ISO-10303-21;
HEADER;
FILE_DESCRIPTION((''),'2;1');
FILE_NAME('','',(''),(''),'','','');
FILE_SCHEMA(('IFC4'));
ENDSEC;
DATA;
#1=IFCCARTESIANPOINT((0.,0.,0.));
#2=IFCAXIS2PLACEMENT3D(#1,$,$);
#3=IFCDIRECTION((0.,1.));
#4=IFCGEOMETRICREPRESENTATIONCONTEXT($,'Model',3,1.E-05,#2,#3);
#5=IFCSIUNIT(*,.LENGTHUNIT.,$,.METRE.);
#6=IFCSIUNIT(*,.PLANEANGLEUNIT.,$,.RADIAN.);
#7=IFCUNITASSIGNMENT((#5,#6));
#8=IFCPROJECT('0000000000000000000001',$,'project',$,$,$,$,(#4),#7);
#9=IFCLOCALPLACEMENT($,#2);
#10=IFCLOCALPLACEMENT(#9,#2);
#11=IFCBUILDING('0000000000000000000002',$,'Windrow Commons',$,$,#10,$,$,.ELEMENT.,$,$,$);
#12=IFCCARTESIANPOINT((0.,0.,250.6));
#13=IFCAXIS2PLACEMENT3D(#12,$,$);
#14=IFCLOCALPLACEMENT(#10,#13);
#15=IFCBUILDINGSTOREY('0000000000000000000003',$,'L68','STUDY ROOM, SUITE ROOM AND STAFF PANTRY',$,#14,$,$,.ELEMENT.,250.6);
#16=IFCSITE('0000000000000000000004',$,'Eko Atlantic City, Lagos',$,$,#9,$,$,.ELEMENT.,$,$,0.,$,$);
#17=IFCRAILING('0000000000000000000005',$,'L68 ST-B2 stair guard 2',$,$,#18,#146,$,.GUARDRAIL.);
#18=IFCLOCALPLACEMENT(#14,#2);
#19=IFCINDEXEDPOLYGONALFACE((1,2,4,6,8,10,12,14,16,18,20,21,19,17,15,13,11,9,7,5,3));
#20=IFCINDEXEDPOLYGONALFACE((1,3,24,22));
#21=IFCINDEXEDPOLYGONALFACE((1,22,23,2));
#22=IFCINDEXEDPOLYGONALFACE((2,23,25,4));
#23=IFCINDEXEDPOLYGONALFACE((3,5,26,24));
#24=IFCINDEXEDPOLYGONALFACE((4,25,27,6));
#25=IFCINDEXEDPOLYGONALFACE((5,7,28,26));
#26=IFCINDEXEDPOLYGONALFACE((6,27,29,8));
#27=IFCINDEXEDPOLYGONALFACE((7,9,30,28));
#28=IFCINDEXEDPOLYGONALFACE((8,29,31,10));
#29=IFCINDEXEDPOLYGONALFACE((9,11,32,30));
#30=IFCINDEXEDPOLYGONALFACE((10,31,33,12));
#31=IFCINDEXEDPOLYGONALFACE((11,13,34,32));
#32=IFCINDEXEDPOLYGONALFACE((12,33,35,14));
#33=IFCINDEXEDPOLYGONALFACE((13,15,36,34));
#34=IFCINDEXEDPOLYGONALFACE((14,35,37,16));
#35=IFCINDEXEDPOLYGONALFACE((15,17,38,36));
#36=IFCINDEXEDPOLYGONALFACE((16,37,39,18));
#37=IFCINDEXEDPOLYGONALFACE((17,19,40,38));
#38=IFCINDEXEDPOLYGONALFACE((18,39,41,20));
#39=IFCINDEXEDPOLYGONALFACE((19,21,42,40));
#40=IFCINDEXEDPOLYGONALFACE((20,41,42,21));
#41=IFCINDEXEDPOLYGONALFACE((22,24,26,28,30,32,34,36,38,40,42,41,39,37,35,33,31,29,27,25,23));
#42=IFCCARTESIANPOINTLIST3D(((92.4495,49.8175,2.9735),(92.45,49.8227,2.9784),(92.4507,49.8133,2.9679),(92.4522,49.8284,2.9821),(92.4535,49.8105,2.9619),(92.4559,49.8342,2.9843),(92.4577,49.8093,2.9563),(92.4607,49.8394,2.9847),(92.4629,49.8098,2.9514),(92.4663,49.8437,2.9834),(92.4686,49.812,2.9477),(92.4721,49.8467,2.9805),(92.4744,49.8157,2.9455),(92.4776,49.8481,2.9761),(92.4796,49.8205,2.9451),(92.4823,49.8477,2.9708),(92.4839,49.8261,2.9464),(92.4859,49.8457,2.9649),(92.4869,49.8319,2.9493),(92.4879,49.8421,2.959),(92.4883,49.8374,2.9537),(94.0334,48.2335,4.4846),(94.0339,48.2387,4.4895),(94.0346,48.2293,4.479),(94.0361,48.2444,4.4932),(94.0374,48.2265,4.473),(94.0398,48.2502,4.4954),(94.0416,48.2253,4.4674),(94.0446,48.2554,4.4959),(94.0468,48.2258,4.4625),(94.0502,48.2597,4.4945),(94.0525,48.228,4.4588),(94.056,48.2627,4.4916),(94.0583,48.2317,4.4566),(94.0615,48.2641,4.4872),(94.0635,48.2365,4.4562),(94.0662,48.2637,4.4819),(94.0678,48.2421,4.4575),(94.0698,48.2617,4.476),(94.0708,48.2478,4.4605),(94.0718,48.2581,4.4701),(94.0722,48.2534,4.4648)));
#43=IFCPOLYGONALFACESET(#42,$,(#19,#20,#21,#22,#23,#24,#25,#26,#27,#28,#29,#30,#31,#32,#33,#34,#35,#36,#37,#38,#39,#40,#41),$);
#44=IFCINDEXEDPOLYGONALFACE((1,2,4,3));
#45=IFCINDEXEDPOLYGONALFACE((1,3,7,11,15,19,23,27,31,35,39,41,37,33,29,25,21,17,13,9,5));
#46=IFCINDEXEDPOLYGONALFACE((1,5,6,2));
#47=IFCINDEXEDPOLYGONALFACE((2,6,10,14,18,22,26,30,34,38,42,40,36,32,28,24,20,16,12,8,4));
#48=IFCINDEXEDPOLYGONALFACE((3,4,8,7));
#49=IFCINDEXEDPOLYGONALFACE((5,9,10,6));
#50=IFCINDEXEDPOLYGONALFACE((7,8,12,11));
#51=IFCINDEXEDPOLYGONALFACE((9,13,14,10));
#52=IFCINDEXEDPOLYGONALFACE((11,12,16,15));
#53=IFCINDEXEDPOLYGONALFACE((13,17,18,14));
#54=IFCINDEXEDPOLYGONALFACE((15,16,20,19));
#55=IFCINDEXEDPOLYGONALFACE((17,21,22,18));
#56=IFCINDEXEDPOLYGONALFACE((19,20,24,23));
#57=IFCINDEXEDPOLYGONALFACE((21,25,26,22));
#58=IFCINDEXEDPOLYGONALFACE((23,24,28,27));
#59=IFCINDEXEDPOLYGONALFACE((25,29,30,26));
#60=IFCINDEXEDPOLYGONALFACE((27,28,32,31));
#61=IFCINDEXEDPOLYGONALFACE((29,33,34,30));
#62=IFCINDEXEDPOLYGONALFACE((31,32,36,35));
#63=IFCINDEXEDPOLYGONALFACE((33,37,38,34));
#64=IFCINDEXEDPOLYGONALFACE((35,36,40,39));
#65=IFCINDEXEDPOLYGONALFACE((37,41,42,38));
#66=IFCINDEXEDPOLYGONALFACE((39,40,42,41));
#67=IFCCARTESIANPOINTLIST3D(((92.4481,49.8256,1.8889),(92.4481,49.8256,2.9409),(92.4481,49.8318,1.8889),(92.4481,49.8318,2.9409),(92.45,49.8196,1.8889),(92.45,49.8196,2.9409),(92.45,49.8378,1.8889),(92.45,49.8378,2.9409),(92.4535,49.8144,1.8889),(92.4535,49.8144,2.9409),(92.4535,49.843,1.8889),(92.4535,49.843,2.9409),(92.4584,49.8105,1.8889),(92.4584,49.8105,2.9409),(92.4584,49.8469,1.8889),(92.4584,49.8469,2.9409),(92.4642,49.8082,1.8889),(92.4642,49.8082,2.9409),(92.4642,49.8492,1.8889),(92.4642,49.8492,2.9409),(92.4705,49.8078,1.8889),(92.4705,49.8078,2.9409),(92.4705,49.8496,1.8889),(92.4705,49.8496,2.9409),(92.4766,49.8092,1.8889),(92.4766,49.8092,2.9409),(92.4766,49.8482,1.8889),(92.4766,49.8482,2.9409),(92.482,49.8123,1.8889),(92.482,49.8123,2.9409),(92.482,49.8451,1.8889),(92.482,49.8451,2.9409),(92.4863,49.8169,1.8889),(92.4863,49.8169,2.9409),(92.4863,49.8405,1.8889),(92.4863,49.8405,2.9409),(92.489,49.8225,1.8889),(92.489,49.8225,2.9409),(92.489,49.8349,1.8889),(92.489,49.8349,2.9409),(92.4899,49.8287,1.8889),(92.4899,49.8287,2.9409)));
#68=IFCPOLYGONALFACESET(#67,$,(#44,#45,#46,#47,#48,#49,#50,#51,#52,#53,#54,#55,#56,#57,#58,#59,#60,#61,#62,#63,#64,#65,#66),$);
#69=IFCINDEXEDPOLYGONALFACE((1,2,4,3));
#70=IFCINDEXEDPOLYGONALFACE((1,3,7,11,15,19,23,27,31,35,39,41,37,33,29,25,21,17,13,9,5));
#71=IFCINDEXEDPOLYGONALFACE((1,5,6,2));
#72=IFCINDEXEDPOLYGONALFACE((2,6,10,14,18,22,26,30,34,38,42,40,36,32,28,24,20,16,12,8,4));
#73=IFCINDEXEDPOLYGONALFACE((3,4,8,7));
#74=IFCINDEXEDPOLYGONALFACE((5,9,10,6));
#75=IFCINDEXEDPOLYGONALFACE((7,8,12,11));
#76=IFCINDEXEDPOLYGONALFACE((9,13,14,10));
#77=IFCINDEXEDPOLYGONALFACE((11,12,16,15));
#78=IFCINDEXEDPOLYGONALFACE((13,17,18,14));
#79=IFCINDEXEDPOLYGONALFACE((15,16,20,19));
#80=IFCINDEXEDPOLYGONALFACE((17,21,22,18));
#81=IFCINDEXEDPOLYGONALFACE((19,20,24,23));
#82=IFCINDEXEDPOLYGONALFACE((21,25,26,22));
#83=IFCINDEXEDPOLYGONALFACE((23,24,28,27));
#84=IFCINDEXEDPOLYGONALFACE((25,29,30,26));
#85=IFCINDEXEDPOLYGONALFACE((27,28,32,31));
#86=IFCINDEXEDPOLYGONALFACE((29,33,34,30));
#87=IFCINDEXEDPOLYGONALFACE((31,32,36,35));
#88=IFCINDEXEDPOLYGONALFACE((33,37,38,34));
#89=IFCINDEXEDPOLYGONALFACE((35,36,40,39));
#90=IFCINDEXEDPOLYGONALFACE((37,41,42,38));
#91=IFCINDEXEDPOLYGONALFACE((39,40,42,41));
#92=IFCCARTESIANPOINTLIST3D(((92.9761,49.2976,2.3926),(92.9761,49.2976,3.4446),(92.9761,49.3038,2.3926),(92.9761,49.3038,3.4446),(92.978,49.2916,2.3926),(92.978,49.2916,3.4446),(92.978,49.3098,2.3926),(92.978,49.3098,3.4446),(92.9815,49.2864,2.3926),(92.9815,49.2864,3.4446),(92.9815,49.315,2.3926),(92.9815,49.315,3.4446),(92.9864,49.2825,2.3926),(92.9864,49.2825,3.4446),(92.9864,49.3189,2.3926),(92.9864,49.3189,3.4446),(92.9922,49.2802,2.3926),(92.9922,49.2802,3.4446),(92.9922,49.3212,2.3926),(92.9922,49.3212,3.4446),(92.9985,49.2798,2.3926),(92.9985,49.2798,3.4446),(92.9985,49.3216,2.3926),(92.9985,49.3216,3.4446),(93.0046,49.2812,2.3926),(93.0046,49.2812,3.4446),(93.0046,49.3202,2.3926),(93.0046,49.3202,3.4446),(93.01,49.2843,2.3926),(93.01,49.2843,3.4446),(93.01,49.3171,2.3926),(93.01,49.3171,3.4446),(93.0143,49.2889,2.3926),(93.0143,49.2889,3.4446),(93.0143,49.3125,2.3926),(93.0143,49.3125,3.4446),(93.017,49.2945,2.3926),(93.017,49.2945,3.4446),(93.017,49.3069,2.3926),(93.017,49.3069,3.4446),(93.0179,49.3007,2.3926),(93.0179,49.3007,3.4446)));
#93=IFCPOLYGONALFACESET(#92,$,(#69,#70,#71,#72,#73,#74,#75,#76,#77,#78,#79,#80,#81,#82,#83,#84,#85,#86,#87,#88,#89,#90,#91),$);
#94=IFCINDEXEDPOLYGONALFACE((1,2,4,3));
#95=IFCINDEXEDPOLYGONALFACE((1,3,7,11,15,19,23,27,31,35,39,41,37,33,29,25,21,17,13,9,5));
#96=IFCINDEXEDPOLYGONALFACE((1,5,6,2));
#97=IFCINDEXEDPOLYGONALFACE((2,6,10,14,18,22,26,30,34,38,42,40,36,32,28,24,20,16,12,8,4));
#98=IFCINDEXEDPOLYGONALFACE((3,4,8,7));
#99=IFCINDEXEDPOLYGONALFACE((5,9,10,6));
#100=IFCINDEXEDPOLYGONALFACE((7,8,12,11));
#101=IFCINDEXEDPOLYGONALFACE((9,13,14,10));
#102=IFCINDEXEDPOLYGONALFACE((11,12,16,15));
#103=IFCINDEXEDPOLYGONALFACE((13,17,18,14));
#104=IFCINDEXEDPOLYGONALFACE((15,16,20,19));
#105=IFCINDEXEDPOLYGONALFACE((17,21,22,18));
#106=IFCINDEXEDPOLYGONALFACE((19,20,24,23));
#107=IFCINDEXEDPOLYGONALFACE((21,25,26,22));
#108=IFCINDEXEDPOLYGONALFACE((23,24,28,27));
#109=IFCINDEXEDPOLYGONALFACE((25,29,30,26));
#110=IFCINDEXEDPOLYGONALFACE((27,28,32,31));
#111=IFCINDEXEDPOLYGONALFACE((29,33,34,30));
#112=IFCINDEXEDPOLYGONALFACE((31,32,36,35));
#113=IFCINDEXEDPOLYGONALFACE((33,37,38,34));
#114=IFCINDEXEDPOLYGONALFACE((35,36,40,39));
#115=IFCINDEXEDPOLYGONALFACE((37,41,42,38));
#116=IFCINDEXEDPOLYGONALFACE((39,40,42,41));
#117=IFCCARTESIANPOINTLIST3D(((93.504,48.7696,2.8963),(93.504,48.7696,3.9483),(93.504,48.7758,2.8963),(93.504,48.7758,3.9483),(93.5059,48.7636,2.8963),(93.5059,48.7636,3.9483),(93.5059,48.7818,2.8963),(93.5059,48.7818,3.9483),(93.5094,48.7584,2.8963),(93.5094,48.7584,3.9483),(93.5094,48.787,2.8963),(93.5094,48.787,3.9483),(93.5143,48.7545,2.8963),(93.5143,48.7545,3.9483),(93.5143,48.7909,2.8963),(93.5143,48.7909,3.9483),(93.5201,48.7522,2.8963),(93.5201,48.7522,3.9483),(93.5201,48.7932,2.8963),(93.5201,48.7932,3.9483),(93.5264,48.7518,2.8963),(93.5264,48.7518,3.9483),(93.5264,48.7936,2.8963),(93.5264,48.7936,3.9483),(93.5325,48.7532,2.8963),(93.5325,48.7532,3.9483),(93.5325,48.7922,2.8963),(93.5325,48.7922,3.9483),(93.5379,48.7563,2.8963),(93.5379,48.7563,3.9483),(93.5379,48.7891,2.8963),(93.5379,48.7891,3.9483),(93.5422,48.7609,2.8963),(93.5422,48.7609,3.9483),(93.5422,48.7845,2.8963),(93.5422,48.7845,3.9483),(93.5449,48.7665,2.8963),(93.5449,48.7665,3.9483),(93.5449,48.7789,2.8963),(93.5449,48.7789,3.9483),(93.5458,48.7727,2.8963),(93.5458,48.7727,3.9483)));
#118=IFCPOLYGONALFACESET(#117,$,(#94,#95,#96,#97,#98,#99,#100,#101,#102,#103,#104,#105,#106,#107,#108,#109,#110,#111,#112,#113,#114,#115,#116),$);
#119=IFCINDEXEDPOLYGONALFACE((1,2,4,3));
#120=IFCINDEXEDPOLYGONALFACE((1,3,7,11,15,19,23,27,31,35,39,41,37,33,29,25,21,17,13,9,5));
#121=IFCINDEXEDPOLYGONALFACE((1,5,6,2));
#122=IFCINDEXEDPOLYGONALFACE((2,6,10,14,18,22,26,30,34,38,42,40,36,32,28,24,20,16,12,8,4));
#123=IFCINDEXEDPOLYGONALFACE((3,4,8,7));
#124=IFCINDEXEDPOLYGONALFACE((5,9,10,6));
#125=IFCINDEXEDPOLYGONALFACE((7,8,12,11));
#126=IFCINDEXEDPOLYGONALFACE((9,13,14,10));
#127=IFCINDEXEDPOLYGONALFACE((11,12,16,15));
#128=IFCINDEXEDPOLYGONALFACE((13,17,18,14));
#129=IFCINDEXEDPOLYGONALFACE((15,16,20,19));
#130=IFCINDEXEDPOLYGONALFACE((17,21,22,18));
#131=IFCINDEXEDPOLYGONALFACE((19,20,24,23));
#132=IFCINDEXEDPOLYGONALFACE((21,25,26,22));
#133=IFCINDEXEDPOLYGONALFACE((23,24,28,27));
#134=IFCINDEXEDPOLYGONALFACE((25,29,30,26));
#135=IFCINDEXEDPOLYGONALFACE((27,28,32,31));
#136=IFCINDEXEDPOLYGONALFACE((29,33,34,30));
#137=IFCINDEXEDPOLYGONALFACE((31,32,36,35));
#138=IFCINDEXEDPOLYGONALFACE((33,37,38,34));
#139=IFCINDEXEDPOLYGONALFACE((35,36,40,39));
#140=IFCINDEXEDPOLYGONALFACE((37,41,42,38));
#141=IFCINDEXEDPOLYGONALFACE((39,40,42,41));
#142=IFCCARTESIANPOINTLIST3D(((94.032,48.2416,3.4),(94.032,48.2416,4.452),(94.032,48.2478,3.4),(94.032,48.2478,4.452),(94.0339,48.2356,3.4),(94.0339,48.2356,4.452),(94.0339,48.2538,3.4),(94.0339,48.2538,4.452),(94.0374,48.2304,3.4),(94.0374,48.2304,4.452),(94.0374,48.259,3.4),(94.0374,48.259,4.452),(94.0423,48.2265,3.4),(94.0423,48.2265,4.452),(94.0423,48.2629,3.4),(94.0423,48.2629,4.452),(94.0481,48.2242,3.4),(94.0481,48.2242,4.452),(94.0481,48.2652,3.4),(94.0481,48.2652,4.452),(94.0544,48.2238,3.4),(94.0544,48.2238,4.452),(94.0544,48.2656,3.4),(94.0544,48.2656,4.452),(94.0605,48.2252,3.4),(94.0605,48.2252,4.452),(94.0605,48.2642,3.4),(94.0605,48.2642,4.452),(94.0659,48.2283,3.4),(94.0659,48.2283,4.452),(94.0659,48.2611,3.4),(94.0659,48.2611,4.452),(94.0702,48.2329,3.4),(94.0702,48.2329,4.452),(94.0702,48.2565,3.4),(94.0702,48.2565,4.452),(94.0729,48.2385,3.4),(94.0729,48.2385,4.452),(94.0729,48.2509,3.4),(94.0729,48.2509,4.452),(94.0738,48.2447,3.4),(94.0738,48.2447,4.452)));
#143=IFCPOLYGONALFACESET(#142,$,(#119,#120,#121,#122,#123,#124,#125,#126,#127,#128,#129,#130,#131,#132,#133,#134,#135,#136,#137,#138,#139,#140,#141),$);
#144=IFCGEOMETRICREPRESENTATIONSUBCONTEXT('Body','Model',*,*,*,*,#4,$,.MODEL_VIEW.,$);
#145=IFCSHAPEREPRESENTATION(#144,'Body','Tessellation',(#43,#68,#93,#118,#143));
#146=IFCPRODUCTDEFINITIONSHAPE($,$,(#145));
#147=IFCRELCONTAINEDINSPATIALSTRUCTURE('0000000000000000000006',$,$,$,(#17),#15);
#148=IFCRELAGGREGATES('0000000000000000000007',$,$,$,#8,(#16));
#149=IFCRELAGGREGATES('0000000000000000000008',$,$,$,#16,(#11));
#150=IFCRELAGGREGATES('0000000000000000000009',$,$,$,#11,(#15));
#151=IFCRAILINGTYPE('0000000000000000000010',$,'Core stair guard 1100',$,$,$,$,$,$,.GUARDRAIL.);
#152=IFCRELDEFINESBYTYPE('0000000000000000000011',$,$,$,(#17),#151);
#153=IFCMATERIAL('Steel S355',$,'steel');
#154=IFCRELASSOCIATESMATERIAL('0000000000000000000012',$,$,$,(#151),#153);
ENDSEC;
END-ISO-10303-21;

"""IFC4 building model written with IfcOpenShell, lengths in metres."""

from ifc_helpers import new_model, si_unit, direction, frame, origin, origin_2d, place, context, subcontext, project, spatial, circle, extrude, material, type_object, element, save


model = new_model("IFC4")

# Units and contexts
model_context = context("Model", 3, precision=1e-05, world=origin(), true_north=direction((0.0, 1.0)))
body_context = subcontext(model_context, "Body", "Model", "MODEL_VIEW")
ifc_project = project(units=[si_unit("LENGTHUNIT", "METRE"), si_unit("PLANEANGLEUNIT", "RADIAN")], contexts=[model_context])

# Site, building, storey
site_placement = place(None, origin())
site = spatial("IfcSite", under=ifc_project, at=site_placement, Name="Eko Atlantic City, Lagos", CompositionType="ELEMENT", RefElevation=0.0)
building_placement = place(site_placement, origin())
building = spatial("IfcBuilding", under=site, at=building_placement, Name="Windrow Commons", CompositionType="ELEMENT")
storey_placement = place(building_placement, frame((0.0, 0.0, 250.6)))
storey = spatial("IfcBuildingStorey", under=building, at=storey_placement, Name="L68", Description="STUDY ROOM, SUITE ROOM AND STAFF PANTRY", CompositionType="ELEMENT", Elevation=250.6)

# Railing
ifc_material_1 = material(Name="Steel S355", Category="steel")
railing_type_1 = type_object("IfcRailingType", Name="Core stair guard 1100", PredefinedType="GUARDRAIL", material=ifc_material_1)
railing_1_placement = place(storey_placement, frame((92.4689, 49.8287, 1.8889)))
element("IfcRailing", 1, at=railing_1_placement, inside=storey, type_object=railing_type_1, Name="L68 ST-B2 stair guard 2", PredefinedType="GUARDRAIL", context=body_context, shape_type="SweptSolid", body=[
    extrude(circle(Radius=0.024, at=origin_2d()), frame((0.0, 0.0, 1.076), z_axis=(0.586179, -0.586216, 0.559237), x_axis=(0.707129, 0.707084, 0.0)), (0.0, 0.0, 1.0), 2.7021),
    extrude(circle(Radius=0.021, at=origin_2d()), origin(), (0.0, 0.0, 1.0), 1.052),
    extrude(circle(Radius=0.021, at=origin_2d()), frame((0.528, -0.528, 0.5037)), (0.0, 0.0, 1.0), 1.052),
    extrude(circle(Radius=0.021, at=origin_2d()), frame((1.0559, -1.056, 1.0074)), (0.0, 0.0, 1.0), 1.052),
    extrude(circle(Radius=0.021, at=origin_2d()), frame((1.5839, -1.584, 1.5111)), (0.0, 0.0, 1.0), 1.052),
])

save(model, "model.ifc")
